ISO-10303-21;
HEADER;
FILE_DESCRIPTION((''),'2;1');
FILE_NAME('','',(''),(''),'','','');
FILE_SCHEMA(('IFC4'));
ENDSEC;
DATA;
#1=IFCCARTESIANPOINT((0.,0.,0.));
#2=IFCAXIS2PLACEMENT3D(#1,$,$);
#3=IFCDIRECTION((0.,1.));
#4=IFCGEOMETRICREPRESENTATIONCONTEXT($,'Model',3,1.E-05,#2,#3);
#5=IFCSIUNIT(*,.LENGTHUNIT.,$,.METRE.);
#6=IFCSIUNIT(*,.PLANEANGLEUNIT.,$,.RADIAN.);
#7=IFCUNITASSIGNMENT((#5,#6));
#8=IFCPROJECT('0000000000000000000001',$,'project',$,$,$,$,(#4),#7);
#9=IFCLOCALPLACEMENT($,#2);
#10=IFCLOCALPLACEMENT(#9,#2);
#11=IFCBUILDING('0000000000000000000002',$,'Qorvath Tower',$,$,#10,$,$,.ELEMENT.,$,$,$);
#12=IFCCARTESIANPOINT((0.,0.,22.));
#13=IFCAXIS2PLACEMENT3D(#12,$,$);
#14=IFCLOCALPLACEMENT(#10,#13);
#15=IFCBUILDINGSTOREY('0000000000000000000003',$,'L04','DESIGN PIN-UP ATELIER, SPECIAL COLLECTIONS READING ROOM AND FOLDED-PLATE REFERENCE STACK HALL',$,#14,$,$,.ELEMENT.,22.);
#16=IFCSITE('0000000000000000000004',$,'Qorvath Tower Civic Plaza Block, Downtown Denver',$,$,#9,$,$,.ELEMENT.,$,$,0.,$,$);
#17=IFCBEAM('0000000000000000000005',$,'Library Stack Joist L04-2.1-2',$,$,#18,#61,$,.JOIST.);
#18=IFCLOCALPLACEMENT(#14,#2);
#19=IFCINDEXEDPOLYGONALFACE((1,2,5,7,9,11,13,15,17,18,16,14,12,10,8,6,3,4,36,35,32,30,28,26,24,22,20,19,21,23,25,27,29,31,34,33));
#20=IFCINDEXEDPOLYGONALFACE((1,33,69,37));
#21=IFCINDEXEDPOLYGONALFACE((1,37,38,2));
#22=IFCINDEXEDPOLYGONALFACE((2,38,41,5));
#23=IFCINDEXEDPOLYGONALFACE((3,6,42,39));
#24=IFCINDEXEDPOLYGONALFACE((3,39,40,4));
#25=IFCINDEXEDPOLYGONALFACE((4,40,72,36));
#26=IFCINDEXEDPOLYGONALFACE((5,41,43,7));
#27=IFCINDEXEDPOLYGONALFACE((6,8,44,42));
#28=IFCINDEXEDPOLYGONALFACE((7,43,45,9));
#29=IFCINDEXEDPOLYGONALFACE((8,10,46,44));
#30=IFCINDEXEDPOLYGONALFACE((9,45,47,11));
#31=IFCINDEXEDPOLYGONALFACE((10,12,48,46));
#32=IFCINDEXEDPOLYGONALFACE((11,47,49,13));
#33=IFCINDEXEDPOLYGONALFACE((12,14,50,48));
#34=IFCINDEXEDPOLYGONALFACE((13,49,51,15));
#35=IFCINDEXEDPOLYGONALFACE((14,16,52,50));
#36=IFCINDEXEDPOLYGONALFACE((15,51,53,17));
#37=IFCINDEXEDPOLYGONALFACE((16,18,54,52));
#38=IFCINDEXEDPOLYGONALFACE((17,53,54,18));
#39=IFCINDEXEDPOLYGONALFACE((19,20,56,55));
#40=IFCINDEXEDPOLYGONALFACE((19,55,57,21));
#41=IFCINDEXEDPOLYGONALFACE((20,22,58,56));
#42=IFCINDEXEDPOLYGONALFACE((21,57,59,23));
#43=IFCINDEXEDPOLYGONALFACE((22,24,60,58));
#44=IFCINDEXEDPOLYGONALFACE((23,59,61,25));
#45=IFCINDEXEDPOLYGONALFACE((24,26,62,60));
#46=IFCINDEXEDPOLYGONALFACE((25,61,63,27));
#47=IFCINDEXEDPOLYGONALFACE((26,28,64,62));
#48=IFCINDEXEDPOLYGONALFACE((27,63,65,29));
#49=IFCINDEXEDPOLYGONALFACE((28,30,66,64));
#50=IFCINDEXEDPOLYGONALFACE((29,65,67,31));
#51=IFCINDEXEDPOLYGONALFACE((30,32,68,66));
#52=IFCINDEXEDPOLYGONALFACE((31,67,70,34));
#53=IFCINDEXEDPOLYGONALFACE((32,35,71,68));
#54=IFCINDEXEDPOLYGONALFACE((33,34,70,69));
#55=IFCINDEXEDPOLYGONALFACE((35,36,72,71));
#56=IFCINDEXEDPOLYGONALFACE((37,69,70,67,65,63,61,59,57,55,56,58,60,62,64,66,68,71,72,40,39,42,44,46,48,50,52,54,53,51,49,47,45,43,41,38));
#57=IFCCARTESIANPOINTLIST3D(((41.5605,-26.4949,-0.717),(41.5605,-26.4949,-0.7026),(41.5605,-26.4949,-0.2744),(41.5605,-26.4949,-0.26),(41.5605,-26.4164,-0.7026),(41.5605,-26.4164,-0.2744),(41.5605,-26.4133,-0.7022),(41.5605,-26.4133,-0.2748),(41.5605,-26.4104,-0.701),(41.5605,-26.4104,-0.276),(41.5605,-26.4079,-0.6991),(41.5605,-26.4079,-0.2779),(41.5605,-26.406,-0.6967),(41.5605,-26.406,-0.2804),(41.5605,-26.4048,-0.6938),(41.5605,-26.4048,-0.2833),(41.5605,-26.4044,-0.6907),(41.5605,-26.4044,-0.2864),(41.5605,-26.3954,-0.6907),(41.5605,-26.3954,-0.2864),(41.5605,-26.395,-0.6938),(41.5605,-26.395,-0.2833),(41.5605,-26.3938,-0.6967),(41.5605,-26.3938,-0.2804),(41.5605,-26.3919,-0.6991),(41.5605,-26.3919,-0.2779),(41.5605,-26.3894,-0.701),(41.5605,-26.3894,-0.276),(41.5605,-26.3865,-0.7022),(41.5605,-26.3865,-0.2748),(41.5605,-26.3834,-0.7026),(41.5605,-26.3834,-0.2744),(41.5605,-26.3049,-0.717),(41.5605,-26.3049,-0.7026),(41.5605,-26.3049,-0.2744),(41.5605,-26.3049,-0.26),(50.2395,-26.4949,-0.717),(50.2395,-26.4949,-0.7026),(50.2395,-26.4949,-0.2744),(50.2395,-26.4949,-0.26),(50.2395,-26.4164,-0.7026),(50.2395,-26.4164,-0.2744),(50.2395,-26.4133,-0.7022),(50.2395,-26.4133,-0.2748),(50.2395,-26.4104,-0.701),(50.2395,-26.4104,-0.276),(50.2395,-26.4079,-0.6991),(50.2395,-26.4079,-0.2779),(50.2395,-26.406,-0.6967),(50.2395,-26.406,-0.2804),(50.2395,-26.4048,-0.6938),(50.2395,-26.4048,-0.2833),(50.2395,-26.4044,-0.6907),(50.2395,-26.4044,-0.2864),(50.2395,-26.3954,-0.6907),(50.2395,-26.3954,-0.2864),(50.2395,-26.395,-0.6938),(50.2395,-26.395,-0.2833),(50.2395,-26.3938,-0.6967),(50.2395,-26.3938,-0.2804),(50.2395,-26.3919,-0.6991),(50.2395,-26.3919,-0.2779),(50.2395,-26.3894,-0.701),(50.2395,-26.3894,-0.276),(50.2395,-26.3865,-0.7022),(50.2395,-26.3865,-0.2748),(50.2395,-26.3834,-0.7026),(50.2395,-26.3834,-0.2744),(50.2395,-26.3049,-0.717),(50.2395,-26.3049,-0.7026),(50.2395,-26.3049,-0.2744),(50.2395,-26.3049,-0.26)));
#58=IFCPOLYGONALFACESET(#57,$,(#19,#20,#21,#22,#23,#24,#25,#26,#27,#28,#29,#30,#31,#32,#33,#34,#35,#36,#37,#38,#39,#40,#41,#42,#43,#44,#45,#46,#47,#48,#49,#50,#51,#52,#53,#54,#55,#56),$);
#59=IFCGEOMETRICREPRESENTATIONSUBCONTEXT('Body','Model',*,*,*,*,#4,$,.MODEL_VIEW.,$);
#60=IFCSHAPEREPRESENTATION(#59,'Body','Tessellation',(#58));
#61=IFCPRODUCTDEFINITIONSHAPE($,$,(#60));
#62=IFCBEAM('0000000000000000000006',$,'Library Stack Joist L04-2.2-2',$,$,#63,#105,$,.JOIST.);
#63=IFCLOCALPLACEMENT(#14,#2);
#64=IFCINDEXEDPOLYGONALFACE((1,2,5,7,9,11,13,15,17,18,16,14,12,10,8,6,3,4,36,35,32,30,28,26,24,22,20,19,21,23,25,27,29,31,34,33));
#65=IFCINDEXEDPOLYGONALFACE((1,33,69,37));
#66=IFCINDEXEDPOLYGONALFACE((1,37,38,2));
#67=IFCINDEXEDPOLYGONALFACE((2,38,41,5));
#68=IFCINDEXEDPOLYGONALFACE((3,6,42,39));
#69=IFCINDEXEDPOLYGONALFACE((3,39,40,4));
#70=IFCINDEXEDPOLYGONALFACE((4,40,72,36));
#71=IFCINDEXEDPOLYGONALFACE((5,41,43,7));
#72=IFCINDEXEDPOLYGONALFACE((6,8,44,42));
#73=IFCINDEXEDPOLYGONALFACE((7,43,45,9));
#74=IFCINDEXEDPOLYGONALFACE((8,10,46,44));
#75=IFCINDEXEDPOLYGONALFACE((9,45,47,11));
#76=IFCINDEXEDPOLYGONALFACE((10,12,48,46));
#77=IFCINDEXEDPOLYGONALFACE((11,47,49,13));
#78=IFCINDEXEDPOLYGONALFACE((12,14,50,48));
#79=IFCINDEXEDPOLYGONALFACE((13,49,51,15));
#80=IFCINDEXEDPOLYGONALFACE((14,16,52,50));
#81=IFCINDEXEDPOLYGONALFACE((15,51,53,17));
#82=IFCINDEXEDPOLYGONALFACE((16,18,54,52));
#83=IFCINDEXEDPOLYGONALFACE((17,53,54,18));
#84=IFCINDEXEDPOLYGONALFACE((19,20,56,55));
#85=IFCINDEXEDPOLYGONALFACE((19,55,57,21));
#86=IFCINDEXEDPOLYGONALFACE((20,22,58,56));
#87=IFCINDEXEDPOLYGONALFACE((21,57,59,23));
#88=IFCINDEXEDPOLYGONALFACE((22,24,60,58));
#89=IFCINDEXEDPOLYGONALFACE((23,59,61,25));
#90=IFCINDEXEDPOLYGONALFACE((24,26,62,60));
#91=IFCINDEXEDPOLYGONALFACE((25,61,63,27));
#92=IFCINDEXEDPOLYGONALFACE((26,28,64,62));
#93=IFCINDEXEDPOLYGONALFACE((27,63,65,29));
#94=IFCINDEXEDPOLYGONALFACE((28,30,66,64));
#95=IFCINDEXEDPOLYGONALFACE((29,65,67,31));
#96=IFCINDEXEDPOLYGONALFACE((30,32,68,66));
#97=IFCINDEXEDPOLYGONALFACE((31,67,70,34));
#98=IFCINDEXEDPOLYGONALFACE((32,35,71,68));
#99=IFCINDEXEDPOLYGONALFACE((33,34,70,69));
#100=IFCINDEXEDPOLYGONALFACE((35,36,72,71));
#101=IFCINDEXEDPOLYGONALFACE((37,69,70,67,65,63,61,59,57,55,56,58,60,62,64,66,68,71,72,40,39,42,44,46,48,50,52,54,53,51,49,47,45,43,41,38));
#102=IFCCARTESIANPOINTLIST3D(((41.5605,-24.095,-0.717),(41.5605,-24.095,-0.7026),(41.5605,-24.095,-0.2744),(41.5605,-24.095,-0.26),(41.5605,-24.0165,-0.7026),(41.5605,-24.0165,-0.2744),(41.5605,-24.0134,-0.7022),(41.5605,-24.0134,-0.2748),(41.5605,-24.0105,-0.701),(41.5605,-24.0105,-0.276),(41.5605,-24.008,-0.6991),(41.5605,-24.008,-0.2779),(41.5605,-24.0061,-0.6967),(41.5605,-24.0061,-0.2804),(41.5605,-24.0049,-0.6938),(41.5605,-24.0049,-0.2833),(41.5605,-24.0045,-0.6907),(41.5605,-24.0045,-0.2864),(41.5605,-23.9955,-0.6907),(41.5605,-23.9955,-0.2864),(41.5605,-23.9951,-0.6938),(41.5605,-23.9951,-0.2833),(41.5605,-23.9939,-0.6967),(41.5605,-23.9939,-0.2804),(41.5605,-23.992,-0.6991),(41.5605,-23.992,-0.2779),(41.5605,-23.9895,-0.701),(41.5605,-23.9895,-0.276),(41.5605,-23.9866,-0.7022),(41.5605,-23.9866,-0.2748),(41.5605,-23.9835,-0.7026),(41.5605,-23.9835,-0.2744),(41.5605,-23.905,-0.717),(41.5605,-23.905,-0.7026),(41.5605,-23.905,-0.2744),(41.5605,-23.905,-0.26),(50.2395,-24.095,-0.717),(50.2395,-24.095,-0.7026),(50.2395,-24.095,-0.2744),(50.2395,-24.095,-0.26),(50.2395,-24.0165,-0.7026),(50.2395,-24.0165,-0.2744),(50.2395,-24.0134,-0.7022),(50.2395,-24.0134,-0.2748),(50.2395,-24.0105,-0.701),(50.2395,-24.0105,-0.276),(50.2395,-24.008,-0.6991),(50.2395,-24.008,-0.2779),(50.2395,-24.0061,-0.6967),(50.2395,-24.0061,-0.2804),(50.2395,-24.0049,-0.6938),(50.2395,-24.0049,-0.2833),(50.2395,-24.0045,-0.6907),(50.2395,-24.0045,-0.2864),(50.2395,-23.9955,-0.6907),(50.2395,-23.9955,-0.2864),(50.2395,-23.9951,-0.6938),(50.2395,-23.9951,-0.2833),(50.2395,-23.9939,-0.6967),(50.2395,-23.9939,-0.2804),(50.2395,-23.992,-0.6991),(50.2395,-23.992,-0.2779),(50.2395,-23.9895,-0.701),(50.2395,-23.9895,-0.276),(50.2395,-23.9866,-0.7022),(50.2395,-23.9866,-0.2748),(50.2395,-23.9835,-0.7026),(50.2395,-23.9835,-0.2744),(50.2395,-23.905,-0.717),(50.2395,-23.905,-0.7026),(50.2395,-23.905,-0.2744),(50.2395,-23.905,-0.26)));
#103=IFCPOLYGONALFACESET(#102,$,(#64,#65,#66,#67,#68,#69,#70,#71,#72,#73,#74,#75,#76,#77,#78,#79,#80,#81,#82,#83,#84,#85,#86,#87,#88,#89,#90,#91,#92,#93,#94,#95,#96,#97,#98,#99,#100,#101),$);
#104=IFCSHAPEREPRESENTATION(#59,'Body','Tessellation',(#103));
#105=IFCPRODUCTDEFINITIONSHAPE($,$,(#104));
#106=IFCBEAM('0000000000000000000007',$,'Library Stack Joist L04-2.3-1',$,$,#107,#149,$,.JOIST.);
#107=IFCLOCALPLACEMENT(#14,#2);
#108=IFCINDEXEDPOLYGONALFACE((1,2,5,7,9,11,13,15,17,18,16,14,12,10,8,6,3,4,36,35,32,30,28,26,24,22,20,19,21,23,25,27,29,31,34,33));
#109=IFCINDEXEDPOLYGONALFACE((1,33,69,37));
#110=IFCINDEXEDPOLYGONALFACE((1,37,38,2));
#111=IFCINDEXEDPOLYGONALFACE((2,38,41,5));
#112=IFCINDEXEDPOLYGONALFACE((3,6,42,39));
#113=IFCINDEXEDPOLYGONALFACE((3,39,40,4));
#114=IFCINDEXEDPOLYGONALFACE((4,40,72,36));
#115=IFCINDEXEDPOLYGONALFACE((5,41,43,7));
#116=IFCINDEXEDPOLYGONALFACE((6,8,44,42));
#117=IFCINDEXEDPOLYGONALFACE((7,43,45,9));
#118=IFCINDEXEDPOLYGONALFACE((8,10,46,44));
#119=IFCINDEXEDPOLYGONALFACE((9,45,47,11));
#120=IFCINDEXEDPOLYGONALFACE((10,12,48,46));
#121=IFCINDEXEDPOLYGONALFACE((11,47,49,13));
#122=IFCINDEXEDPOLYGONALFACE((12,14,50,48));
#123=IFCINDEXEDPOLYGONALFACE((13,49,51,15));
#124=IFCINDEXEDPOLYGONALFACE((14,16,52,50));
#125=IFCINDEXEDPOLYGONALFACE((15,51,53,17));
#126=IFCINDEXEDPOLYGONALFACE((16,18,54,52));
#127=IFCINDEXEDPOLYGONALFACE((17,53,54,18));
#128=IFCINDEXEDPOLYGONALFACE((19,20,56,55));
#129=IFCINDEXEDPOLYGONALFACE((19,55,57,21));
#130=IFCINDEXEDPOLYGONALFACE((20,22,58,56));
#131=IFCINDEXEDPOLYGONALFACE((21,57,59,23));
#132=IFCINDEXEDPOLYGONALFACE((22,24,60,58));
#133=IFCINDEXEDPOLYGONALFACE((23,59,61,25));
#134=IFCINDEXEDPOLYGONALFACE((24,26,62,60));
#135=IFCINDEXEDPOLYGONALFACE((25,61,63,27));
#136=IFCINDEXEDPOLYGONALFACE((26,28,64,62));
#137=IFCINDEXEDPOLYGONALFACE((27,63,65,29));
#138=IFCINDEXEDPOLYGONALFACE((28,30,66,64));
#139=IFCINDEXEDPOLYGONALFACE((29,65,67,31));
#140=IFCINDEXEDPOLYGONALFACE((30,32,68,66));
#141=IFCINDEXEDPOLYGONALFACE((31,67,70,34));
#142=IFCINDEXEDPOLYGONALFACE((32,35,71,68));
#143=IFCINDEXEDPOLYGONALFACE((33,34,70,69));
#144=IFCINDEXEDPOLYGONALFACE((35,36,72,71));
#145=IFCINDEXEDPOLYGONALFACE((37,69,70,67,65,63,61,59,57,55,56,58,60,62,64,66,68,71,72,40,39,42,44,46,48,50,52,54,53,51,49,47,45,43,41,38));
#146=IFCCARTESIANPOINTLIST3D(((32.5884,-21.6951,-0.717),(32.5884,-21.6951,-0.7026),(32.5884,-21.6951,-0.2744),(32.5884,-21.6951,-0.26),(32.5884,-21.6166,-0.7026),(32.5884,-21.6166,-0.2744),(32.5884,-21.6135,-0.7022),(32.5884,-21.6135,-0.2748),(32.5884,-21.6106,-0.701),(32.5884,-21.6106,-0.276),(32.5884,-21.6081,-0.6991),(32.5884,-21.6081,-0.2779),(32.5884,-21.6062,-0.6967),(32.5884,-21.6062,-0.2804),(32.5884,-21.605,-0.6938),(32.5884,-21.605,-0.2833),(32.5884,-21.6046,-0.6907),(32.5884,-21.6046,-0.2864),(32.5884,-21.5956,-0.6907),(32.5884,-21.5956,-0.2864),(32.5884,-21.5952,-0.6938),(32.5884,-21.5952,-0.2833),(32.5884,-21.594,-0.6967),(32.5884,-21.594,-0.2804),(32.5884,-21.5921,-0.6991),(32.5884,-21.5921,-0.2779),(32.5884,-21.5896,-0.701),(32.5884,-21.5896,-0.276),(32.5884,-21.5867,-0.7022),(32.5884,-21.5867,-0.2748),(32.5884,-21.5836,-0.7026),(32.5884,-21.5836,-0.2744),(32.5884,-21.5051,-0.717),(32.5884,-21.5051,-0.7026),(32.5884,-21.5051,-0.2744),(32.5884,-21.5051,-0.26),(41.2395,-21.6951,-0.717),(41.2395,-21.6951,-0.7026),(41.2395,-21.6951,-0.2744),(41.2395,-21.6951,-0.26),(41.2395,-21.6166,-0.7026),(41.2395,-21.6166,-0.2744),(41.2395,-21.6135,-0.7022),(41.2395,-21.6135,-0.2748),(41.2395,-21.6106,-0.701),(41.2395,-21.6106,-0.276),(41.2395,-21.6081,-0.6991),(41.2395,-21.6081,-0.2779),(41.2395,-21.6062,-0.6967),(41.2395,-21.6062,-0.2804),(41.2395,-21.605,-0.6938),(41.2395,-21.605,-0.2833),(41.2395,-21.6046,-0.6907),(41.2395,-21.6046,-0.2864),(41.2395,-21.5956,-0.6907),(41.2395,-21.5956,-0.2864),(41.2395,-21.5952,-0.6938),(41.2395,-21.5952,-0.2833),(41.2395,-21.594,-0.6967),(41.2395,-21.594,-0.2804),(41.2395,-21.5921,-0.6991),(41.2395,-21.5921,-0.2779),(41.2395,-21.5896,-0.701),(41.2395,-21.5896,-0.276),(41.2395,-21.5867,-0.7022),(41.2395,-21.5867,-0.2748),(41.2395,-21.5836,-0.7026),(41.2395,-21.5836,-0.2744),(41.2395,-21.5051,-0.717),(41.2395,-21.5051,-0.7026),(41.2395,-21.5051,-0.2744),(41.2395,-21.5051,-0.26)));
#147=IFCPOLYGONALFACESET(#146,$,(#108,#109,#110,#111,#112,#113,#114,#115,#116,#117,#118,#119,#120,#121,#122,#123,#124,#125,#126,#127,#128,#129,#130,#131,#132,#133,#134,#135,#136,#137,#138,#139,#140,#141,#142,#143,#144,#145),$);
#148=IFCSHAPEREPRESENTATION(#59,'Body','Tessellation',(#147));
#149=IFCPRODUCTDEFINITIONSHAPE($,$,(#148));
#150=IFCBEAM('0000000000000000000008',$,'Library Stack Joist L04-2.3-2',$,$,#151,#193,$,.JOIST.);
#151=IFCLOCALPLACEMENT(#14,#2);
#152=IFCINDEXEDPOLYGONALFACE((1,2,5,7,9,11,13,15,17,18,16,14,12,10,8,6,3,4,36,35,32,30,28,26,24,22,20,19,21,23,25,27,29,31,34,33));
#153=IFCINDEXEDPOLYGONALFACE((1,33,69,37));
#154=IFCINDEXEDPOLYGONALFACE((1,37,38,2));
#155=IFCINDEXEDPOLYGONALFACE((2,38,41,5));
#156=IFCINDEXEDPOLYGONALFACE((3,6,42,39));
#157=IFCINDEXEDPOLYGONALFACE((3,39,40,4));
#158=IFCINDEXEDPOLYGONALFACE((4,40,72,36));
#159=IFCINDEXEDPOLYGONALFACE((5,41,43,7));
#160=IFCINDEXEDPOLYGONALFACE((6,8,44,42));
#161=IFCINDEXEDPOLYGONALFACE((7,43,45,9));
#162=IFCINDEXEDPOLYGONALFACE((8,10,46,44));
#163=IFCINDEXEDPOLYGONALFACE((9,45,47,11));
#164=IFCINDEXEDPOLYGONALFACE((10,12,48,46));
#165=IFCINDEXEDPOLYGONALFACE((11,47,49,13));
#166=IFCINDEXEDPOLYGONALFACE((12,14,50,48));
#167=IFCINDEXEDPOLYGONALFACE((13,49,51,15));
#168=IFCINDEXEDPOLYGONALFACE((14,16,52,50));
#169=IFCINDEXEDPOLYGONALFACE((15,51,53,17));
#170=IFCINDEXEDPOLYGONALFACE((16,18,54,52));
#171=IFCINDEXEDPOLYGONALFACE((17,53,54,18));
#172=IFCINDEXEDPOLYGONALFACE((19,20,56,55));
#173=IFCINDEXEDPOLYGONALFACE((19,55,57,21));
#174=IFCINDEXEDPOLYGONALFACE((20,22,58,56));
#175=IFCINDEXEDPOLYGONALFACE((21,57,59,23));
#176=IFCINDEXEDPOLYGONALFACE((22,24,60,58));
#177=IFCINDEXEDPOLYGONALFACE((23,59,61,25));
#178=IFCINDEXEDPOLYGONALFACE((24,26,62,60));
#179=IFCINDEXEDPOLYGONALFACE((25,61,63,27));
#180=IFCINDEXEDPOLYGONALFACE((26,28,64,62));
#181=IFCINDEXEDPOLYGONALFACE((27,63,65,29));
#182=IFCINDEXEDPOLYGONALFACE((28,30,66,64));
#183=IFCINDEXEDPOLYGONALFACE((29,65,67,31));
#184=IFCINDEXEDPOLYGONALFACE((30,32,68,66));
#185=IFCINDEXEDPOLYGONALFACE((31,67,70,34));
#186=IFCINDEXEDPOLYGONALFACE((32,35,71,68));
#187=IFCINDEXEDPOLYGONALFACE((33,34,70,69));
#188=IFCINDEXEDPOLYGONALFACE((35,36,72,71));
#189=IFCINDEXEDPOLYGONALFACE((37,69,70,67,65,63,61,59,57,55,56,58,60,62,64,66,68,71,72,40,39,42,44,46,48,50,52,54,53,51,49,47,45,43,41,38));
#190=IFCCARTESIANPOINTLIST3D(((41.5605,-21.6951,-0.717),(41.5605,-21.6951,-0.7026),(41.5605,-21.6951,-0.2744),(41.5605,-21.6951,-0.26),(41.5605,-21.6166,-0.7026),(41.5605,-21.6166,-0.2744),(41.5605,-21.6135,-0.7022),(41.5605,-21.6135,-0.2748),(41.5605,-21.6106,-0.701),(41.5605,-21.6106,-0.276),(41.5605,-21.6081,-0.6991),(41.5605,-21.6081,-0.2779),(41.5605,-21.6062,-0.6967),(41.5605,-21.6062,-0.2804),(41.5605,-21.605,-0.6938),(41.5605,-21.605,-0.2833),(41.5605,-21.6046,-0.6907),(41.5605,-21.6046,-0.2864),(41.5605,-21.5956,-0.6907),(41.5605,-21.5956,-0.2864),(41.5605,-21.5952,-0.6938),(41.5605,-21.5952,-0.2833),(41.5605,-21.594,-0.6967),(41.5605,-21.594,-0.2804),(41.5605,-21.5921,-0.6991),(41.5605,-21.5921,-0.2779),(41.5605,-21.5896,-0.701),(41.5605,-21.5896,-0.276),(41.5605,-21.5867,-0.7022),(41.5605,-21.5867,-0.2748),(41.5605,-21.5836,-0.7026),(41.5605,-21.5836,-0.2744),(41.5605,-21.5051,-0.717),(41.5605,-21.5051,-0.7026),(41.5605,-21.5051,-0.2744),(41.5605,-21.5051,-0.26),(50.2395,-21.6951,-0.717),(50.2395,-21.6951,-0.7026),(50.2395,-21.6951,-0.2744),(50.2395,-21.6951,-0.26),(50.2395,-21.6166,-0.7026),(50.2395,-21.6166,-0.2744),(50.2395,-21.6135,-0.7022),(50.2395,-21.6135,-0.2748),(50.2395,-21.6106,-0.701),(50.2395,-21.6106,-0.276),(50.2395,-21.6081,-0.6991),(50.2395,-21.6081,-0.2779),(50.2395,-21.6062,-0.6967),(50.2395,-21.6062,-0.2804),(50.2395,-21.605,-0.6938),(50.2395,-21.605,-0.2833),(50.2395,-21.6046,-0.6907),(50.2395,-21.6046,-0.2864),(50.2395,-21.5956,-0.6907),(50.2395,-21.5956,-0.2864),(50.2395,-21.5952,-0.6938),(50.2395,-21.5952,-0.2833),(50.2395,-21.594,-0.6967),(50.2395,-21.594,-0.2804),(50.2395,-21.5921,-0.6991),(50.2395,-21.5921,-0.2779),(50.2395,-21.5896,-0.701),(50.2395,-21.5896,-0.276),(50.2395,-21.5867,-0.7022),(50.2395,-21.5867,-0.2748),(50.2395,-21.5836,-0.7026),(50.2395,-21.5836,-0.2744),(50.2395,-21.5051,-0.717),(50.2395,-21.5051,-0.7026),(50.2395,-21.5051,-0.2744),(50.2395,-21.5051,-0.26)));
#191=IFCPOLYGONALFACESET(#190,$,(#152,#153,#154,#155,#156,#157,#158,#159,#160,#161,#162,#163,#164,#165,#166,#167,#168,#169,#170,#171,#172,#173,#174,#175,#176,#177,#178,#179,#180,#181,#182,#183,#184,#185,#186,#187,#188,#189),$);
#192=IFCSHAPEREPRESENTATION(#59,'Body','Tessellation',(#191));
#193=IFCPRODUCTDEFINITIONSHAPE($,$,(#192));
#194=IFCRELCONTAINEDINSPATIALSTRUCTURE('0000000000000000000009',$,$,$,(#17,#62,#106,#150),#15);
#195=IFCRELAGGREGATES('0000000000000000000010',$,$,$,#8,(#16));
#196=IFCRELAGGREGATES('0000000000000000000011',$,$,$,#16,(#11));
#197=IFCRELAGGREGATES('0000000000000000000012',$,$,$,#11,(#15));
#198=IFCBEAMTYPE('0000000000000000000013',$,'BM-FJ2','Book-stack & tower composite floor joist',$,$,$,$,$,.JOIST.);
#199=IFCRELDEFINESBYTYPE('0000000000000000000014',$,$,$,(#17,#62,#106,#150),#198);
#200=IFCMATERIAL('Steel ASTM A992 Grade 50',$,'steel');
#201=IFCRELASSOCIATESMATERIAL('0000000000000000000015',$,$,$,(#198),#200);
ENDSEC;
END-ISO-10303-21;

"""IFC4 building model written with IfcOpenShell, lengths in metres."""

from ifc_helpers import new_model, si_unit, direction, frame, origin, origin_2d, place, context, subcontext, project, spatial, i_section, extrude, material, material_profile, profile_set, type_object, element, save


model = new_model("IFC4")

# Units and contexts
model_context = context("Model", 3, precision=1e-05, world=origin(), true_north=direction((0.0, 1.0)))
body_context = subcontext(model_context, "Body", "Model", "MODEL_VIEW")
ifc_project = project(units=[si_unit("LENGTHUNIT", "METRE"), si_unit("PLANEANGLEUNIT", "RADIAN")], contexts=[model_context])

# Site, building, storey
site_placement = place(None, origin())
site = spatial("IfcSite", under=ifc_project, at=site_placement, Name="Qorvath Tower Civic Plaza Block, Downtown Denver", CompositionType="ELEMENT", RefElevation=0.0)
building_placement = place(site_placement, origin())
building = spatial("IfcBuilding", under=site, at=building_placement, Name="Qorvath Tower", CompositionType="ELEMENT")
storey_placement = place(building_placement, frame((0.0, 0.0, 22.0)))
storey = spatial("IfcBuildingStorey", under=building, at=storey_placement, Name="L04", Description="DESIGN PIN-UP ATELIER, SPECIAL COLLECTIONS READING ROOM AND FOLDED-PLATE REFERENCE STACK HALL", CompositionType="ELEMENT", Elevation=22.0)

# Beams
ifc_material_1 = material(Name="Steel ASTM A992 Grade 50", Category="steel")
ifc_material_profile_1 = material_profile(ifc_material_1, i_section(OverallWidth=0.1899, OverallDepth=0.457, WebThickness=0.009, FlangeThickness=0.0144, FilletRadius=0.012, at=origin_2d()), Name="W18x50")
ifc_profile_set_1 = profile_set([ifc_material_profile_1], Name="Steel ASTM A992 Grade 50")
beam_type_1 = type_object("IfcBeamType", Name="BM-FJ2", Description="Book-stack & tower composite floor joist", PredefinedType="JOIST", material=ifc_profile_set_1)
for number, where, z_axis, x_axis, name in (
    (1, (41.5605, -26.3999, -0.4885), (1.0, 0.0, 0.0), (0.0, 1.0, 0.0), "Library Stack Joist L04-2.1-2"),
    (2, (41.5605, -24.0, -0.4885), (1.0, 0.0, 0.0), (0.0, 1.0, 0.0), "Library Stack Joist L04-2.2-2"),
):
    element("IfcBeam", number, at=place(storey_placement, frame(where, z_axis=z_axis, x_axis=x_axis)), inside=storey, type_object=beam_type_1, Name=name, PredefinedType="JOIST", context=body_context, shape_type="SweptSolid", body=[
        extrude(i_section(OverallWidth=0.1899, OverallDepth=0.457, WebThickness=0.009, FlangeThickness=0.0144, FilletRadius=0.012, at=origin_2d()), origin(), (0.0, 0.0, 1.0), 8.679),
    ])
beam_1_placement = place(storey_placement, frame((32.5884, -21.6001, -0.4885), z_axis=(1.0, 0.0, 0.0), x_axis=(0.0, 1.0, 0.0)))
element("IfcBeam", 3, at=beam_1_placement, inside=storey, type_object=beam_type_1, Name="Library Stack Joist L04-2.3-1", PredefinedType="JOIST", context=body_context, shape_type="SweptSolid", body=[
    extrude(i_section(OverallWidth=0.1899, OverallDepth=0.457, WebThickness=0.009, FlangeThickness=0.0144, FilletRadius=0.012, at=origin_2d()), origin(), (0.0, 0.0, 1.0), 8.6511),
])
beam_2_placement = place(storey_placement, frame((41.5605, -21.6001, -0.4885), z_axis=(1.0, 0.0, 0.0), x_axis=(0.0, 1.0, 0.0)))
element("IfcBeam", 4, at=beam_2_placement, inside=storey, type_object=beam_type_1, Name="Library Stack Joist L04-2.3-2", PredefinedType="JOIST", context=body_context, shape_type="SweptSolid", body=[
    extrude(i_section(OverallWidth=0.1899, OverallDepth=0.457, WebThickness=0.009, FlangeThickness=0.0144, FilletRadius=0.012, at=origin_2d()), origin(), (0.0, 0.0, 1.0), 8.679),
])

save(model, "model.ifc")
